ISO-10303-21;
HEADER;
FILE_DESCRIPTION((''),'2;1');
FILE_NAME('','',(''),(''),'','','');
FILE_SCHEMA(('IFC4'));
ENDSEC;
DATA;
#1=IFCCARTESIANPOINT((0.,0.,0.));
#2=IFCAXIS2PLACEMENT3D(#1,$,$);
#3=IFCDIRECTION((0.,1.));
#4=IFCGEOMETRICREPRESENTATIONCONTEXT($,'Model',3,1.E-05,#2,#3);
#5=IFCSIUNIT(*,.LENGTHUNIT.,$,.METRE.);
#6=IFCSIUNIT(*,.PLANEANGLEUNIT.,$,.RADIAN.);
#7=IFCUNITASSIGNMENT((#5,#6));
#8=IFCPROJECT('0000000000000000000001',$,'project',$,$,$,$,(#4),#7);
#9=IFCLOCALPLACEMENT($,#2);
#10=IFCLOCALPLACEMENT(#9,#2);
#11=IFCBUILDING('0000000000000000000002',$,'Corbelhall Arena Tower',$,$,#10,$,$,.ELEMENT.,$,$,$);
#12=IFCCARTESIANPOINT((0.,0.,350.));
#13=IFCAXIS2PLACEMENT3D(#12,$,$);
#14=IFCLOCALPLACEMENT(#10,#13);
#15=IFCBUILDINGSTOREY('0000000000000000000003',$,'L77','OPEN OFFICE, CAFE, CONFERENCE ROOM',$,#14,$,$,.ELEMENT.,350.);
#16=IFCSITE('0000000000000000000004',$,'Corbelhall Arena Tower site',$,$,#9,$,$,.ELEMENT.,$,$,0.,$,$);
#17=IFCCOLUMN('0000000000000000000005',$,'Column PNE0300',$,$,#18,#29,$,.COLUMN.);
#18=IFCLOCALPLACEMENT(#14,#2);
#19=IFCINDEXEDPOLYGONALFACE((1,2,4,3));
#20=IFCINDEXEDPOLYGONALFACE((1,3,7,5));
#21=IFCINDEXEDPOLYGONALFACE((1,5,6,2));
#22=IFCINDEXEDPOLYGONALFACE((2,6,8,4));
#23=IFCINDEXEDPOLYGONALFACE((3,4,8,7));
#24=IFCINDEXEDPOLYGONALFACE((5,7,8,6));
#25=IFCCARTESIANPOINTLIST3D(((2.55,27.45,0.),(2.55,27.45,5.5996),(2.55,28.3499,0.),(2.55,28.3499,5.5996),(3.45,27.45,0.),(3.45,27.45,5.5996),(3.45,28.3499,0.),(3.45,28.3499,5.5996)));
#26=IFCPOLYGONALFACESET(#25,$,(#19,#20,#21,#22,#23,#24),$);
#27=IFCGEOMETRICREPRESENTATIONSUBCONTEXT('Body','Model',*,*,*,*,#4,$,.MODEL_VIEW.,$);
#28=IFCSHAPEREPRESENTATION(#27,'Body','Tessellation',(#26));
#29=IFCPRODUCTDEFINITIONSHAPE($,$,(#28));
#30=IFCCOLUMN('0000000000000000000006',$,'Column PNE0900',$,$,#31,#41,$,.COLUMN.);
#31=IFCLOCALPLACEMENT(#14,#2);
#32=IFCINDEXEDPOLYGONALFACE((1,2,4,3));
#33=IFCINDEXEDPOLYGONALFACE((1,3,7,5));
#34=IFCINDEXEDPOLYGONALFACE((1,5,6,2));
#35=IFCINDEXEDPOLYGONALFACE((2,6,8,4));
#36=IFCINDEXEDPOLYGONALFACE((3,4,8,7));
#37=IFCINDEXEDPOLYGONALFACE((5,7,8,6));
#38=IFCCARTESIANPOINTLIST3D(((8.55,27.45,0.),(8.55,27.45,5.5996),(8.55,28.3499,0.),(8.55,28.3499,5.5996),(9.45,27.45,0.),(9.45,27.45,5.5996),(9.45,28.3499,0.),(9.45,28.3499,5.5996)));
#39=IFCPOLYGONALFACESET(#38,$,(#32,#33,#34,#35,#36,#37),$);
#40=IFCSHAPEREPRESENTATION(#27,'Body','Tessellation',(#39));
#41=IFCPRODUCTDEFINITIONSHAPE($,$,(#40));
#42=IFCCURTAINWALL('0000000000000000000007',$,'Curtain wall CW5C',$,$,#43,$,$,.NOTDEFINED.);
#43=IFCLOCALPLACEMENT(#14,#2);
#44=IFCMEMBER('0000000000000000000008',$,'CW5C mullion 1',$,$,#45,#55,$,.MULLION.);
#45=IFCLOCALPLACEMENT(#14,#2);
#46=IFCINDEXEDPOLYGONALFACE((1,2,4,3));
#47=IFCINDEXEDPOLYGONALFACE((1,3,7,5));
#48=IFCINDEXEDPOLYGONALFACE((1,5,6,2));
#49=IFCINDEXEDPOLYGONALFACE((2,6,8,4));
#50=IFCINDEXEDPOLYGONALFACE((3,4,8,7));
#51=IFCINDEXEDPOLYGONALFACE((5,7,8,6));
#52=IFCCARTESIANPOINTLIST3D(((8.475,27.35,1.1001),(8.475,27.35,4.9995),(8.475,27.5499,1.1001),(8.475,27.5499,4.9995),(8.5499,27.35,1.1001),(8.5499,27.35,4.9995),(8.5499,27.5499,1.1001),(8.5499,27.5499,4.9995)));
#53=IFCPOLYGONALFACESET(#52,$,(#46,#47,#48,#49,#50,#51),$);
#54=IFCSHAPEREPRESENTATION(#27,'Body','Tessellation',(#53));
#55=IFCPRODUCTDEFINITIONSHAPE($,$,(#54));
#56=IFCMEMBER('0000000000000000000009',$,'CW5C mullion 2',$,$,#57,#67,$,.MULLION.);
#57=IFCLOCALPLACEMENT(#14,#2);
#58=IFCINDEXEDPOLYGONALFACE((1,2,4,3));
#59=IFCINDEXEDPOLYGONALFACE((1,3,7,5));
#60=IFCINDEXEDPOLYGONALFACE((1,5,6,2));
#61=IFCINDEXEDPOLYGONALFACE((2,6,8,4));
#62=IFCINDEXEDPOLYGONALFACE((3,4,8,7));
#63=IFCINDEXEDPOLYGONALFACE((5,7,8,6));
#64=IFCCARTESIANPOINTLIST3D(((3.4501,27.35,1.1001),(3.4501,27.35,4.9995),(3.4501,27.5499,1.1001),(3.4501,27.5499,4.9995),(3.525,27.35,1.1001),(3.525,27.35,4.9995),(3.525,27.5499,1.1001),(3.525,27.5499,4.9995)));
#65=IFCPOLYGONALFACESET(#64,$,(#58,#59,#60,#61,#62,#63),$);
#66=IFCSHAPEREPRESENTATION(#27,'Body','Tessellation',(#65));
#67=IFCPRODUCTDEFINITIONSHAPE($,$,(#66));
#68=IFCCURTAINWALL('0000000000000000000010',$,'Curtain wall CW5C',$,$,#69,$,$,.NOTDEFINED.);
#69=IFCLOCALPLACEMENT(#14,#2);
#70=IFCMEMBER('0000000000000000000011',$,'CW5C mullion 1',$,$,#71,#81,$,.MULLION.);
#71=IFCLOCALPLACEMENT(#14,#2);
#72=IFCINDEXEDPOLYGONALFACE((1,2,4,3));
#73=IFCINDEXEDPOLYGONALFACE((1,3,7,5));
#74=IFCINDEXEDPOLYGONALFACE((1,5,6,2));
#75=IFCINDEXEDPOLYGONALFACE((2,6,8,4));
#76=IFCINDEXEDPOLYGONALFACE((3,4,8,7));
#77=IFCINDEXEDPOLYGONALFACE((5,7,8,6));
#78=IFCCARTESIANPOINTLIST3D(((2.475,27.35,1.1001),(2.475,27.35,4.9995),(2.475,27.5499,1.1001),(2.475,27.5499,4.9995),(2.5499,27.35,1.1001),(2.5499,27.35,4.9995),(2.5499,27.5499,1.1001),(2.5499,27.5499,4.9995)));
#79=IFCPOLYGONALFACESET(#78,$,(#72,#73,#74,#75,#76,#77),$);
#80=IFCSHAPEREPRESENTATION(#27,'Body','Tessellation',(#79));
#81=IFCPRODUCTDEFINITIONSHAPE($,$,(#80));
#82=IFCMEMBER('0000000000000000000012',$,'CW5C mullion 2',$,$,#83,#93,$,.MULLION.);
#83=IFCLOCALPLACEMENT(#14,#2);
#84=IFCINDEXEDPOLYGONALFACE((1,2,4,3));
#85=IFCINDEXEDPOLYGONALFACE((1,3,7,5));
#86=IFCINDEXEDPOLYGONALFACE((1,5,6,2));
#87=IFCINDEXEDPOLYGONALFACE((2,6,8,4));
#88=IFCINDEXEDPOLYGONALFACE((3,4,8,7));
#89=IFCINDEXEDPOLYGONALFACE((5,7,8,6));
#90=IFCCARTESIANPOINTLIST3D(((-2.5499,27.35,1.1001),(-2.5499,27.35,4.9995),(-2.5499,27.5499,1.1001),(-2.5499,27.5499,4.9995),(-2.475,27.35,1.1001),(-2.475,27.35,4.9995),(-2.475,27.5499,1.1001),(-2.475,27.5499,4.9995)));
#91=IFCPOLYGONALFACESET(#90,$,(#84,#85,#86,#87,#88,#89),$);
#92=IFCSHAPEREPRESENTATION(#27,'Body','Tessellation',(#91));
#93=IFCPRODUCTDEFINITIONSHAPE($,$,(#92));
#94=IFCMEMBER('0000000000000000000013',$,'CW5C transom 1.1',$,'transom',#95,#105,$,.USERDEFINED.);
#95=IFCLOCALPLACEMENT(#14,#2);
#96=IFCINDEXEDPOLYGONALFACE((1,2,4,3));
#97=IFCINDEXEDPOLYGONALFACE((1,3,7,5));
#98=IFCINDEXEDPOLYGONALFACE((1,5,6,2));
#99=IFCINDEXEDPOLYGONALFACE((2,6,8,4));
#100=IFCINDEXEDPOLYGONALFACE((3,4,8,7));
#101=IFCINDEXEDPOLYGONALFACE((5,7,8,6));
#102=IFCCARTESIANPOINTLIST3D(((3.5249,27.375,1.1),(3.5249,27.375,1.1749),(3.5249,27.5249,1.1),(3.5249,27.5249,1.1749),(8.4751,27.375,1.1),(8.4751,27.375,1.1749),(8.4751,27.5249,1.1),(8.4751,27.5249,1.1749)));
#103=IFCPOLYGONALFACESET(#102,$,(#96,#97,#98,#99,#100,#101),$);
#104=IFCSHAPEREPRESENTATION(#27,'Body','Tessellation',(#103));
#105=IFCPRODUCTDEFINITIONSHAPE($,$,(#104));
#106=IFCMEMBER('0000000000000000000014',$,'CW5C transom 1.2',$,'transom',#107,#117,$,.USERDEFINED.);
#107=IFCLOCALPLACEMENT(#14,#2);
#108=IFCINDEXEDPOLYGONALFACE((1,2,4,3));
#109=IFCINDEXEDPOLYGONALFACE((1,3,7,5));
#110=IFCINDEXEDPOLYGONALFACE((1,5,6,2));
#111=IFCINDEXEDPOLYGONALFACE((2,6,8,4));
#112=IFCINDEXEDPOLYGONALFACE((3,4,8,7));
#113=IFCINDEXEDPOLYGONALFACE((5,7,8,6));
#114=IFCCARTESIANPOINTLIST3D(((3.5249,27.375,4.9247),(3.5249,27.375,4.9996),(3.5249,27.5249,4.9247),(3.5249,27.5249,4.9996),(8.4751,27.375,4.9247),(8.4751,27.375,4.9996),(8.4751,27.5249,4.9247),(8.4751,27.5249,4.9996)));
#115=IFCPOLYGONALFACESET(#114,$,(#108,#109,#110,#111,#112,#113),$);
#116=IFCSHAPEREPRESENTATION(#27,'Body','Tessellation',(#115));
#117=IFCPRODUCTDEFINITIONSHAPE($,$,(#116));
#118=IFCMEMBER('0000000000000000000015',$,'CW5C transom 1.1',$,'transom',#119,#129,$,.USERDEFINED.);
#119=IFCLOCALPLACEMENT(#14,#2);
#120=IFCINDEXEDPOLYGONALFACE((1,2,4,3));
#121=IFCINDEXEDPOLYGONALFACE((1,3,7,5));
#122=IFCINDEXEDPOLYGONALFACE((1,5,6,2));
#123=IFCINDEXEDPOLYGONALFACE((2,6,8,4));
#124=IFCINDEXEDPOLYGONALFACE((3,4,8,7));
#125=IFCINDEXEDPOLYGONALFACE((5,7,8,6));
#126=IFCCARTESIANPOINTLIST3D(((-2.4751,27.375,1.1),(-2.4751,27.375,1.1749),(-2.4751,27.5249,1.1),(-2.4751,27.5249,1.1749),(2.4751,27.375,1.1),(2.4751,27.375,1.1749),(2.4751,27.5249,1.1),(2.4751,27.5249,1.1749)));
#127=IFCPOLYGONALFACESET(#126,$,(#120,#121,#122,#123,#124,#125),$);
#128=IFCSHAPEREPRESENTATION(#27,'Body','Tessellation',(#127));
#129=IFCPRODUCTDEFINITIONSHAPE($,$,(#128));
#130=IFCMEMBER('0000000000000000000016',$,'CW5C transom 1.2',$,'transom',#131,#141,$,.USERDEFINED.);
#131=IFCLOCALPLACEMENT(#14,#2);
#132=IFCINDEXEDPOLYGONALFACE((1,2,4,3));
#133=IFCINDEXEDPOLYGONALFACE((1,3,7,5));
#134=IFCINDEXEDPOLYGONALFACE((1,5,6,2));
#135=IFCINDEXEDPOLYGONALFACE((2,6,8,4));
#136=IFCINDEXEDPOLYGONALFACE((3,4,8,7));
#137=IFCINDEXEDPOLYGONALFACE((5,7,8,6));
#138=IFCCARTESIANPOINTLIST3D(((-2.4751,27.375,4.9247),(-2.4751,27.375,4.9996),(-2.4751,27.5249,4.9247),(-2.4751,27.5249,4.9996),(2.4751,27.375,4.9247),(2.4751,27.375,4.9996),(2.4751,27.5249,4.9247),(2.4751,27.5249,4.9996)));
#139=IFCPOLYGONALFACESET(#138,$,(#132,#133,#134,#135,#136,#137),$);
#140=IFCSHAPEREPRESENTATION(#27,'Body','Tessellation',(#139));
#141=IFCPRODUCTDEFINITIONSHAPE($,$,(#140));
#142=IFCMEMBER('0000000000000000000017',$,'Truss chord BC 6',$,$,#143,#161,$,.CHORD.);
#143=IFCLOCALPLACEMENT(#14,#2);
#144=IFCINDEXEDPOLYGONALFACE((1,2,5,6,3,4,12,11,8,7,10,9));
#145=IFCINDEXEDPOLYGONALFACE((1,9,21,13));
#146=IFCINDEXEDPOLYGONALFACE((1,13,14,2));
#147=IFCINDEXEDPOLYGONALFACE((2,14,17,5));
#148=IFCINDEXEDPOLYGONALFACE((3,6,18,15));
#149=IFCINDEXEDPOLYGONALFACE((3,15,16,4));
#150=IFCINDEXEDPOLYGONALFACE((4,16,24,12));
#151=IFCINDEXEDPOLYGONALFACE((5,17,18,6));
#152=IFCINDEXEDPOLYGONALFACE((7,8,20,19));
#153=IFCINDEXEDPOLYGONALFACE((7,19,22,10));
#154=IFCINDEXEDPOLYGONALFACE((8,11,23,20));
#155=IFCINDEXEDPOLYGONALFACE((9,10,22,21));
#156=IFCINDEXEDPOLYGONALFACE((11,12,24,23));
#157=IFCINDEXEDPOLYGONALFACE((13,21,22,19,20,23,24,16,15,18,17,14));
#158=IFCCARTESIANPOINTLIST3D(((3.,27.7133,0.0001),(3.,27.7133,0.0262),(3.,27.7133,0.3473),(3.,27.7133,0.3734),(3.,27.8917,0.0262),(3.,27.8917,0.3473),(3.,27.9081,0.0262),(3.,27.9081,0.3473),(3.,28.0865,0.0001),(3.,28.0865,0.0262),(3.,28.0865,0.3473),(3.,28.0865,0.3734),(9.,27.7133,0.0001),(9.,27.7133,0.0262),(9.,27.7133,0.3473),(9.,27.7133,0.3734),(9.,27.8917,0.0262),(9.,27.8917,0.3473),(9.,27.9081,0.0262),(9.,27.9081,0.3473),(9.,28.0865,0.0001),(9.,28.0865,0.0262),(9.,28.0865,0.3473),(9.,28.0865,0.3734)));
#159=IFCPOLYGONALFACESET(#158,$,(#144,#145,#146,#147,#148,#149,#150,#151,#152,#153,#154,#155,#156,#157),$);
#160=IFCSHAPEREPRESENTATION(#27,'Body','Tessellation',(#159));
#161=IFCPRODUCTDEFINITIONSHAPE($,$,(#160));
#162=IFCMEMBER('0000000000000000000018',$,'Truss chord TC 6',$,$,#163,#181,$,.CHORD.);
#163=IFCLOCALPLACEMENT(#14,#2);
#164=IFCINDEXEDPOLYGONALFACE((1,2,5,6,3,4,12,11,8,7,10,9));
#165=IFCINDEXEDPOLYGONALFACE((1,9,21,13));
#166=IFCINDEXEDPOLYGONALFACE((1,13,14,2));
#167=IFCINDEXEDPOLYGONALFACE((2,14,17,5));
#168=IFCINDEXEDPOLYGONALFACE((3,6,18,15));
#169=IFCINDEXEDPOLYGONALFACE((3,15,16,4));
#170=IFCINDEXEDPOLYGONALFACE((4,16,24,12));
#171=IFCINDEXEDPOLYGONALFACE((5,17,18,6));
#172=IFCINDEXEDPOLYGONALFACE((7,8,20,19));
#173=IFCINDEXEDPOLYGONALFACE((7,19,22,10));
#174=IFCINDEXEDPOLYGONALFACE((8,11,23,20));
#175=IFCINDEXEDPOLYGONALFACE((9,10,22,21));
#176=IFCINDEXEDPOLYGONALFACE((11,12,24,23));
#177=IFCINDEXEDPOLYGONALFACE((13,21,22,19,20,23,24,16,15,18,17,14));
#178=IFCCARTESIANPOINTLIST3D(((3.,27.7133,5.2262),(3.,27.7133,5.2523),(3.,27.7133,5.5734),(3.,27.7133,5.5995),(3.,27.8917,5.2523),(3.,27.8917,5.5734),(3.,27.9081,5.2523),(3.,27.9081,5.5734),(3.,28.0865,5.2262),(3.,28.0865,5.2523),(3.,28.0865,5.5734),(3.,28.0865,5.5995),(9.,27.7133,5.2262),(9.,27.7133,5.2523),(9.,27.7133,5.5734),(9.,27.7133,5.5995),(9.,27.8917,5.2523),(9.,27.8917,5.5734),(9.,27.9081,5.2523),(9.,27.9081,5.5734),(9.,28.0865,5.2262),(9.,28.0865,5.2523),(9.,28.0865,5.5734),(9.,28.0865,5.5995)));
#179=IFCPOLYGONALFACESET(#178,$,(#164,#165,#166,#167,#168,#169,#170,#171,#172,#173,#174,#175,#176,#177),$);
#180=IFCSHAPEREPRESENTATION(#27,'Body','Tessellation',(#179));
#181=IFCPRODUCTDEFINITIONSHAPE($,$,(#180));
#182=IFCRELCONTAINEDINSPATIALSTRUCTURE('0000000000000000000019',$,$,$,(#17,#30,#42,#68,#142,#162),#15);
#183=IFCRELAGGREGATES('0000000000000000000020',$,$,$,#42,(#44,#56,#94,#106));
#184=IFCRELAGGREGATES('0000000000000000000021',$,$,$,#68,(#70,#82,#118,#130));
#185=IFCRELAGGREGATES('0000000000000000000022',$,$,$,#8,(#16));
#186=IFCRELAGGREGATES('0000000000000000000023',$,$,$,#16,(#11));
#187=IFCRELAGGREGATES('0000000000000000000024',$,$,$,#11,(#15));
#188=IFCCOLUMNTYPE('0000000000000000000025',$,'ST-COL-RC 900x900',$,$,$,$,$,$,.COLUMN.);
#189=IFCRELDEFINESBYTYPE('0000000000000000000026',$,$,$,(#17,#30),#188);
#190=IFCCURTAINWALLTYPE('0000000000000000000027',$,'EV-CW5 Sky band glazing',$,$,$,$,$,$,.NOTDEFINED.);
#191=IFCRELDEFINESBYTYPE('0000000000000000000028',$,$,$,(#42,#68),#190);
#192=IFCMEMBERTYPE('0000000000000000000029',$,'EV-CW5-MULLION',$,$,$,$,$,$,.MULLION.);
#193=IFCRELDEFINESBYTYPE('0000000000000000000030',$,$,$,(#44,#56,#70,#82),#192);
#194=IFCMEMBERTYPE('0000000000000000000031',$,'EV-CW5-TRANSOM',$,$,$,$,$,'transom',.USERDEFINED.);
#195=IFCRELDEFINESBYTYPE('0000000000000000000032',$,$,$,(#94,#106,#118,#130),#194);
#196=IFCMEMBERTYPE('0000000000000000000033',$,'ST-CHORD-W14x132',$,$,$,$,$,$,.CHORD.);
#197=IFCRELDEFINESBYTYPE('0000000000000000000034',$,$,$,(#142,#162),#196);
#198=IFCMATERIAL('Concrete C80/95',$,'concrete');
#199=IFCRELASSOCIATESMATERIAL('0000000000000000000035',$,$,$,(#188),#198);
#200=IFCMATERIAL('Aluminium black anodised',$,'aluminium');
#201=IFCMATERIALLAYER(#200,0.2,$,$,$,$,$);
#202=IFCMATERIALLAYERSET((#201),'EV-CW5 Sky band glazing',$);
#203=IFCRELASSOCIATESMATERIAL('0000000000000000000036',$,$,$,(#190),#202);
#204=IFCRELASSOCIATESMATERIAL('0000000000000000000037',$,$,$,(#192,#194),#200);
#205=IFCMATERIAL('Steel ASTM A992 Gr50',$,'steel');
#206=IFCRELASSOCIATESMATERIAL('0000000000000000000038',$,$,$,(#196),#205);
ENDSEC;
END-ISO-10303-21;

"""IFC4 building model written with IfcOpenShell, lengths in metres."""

from ifc_helpers import new_model, si_unit, direction, frame, origin, origin_2d, place, context, subcontext, project, spatial, rectangle, i_section, extrude, material, layer, layer_set, material_profile, profile_set, type_object, element, aggregate, save


model = new_model("IFC4")

# Units and contexts
model_context = context("Model", 3, precision=1e-05, world=origin(), true_north=direction((0.0, 1.0)))
body_context = subcontext(model_context, "Body", "Model", "MODEL_VIEW")
ifc_project = project(units=[si_unit("LENGTHUNIT", "METRE"), si_unit("PLANEANGLEUNIT", "RADIAN")], contexts=[model_context])

# Site, building, storey
site_placement = place(None, origin())
site = spatial("IfcSite", under=ifc_project, at=site_placement, Name="Corbelhall Arena Tower site", CompositionType="ELEMENT", RefElevation=0.0)
building_placement = place(site_placement, origin())
building = spatial("IfcBuilding", under=site, at=building_placement, Name="Corbelhall Arena Tower", CompositionType="ELEMENT")
storey_placement = place(building_placement, frame((0.0, 0.0, 350.0)))
storey = spatial("IfcBuildingStorey", under=building, at=storey_placement, Name="L77", Description="OPEN OFFICE, CAFE, CONFERENCE ROOM", CompositionType="ELEMENT", Elevation=350.0)

# Columns
ifc_material_1 = material(Name="Concrete C80/95", Category="concrete")
ifc_material_profile_1 = material_profile(ifc_material_1, rectangle(XDim=0.8999, YDim=0.8999, at=origin_2d()))
ifc_profile_set_1 = profile_set([ifc_material_profile_1], Name="Concrete C80/95")
column_type = type_object("IfcColumnType", Name="ST-COL-RC 900x900", PredefinedType="COLUMN", material=ifc_profile_set_1)
for number, where, z_axis, x_axis, name in (
    (1, (3.0, 27.8999, 0.0), (0.0, 0.0, 1.0), (1.0, 0.0, 0.0), "Column PNE0300"),
    (2, (9.0, 27.8999, 0.0), (0.0, 0.0, 1.0), (1.0, 0.0, 0.0), "Column PNE0900"),
):
    element("IfcColumn", number, at=place(storey_placement, frame(where, z_axis=z_axis, x_axis=x_axis)), inside=storey, type_object=column_type, Name=name, PredefinedType="COLUMN", context=body_context, shape_type="SweptSolid", body=[
        extrude(rectangle(XDim=0.8999, YDim=0.8999, at=origin_2d()), origin(), (0.0, 0.0, 1.0), 5.5996),
    ])

# Curtain walls, members
ifc_material_2 = material(Name="Aluminium black anodised", Category="aluminium")
ifc_layer_1 = layer(ifc_material_2, 0.2)
ifc_layer_set_1 = layer_set([ifc_layer_1], Name="EV-CW5 Sky band glazing")
curtain_wall_type = type_object("IfcCurtainWallType", Name="EV-CW5 Sky band glazing", PredefinedType="NOTDEFINED", material=ifc_layer_set_1)
curtain_wall_1_placement = place(storey_placement, origin())
curtain_wall_1 = element("IfcCurtainWall", 3, at=curtain_wall_1_placement, inside=storey, type_object=curtain_wall_type, Name="Curtain wall CW5C", PredefinedType="NOTDEFINED")
ifc_material_profile_2 = material_profile(ifc_material_2, rectangle(XDim=0.2, YDim=0.075, at=origin_2d()))
ifc_profile_set_2 = profile_set([ifc_material_profile_2], Name="Aluminium black anodised")
member_type_1 = type_object("IfcMemberType", Name="EV-CW5-MULLION", PredefinedType="MULLION", material=ifc_profile_set_2)
member_1_placement = place(storey_placement, frame((8.5125, 27.45, 1.1001), z_axis=(0.0, 0.0, 1.0), x_axis=(0.0, -1.0, 0.0)))
member_1 = element("IfcMember", 4, at=member_1_placement, type_object=member_type_1, Name="CW5C mullion 1", PredefinedType="MULLION", context=body_context, shape_type="SweptSolid", body=[
    extrude(rectangle(XDim=0.2, YDim=0.075, at=origin_2d()), origin(), (0.0, 0.0, 1.0), 3.8994),
])
member_2_placement = place(storey_placement, frame((3.4875, 27.45, 1.1001), z_axis=(0.0, 0.0, 1.0), x_axis=(0.0, -1.0, 0.0)))
member_2 = element("IfcMember", 5, at=member_2_placement, type_object=member_type_1, Name="CW5C mullion 2", PredefinedType="MULLION", context=body_context, shape_type="SweptSolid", body=[
    extrude(rectangle(XDim=0.2, YDim=0.075, at=origin_2d()), origin(), (0.0, 0.0, 1.0), 3.8994),
])
curtain_wall_2_placement = place(storey_placement, origin())
curtain_wall_2 = element("IfcCurtainWall", 6, at=curtain_wall_2_placement, inside=storey, type_object=curtain_wall_type, Name="Curtain wall CW5C", PredefinedType="NOTDEFINED")
member_3_placement = place(storey_placement, frame((2.5125, 27.45, 1.1001), z_axis=(0.0, 0.0, 1.0), x_axis=(0.0, -1.0, 0.0)))
member_3 = element("IfcMember", 7, at=member_3_placement, type_object=member_type_1, Name="CW5C mullion 1", PredefinedType="MULLION", context=body_context, shape_type="SweptSolid", body=[
    extrude(rectangle(XDim=0.2, YDim=0.075, at=origin_2d()), origin(), (0.0, 0.0, 1.0), 3.8994),
])
member_4_placement = place(storey_placement, frame((-2.5125, 27.45, 1.1001), z_axis=(0.0, 0.0, 1.0), x_axis=(0.0, -1.0, 0.0)))
member_4 = element("IfcMember", 8, at=member_4_placement, type_object=member_type_1, Name="CW5C mullion 2", PredefinedType="MULLION", context=body_context, shape_type="SweptSolid", body=[
    extrude(rectangle(XDim=0.2, YDim=0.075, at=origin_2d()), origin(), (0.0, 0.0, 1.0), 3.8994),
])

# Members
ifc_material_profile_3 = material_profile(ifc_material_2, rectangle(XDim=0.1499, YDim=0.075, at=origin_2d()))
ifc_profile_set_3 = profile_set([ifc_material_profile_3], Name="Aluminium black anodised")
member_type_2 = type_object("IfcMemberType", Name="EV-CW5-TRANSOM", ElementType="transom", PredefinedType="USERDEFINED", material=ifc_profile_set_3)
member_5_placement = place(storey_placement, frame((8.4751, 27.45, 1.1375), z_axis=(-1.0, 0.0, 0.0), x_axis=(0.0, -1.0, 0.0)))
member_5 = element("IfcMember", 9, at=member_5_placement, type_object=member_type_2, Name="CW5C transom 1.1", ObjectType="transom", PredefinedType="USERDEFINED", context=body_context, shape_type="SweptSolid", body=[
    extrude(rectangle(XDim=0.1499, YDim=0.075, at=origin_2d()), origin(), (0.0, 0.0, 1.0), 4.9502),
])
member_6_placement = place(storey_placement, frame((8.4751, 27.45, 4.9622), z_axis=(-1.0, 0.0, 0.0), x_axis=(0.0, -1.0, 0.0)))
member_6 = element("IfcMember", 10, at=member_6_placement, type_object=member_type_2, Name="CW5C transom 1.2", ObjectType="transom", PredefinedType="USERDEFINED", context=body_context, shape_type="SweptSolid", body=[
    extrude(rectangle(XDim=0.1499, YDim=0.075, at=origin_2d()), origin(), (0.0, 0.0, 1.0), 4.9502),
])
member_7_placement = place(storey_placement, frame((2.4751, 27.45, 1.1375), z_axis=(-1.0, 0.0, 0.0), x_axis=(0.0, -1.0, 0.0)))
member_7 = element("IfcMember", 11, at=member_7_placement, type_object=member_type_2, Name="CW5C transom 1.1", ObjectType="transom", PredefinedType="USERDEFINED", context=body_context, shape_type="SweptSolid", body=[
    extrude(rectangle(XDim=0.1499, YDim=0.075, at=origin_2d()), origin(), (0.0, 0.0, 1.0), 4.9502),
])
member_8_placement = place(storey_placement, frame((2.4751, 27.45, 4.9622), z_axis=(-1.0, 0.0, 0.0), x_axis=(0.0, -1.0, 0.0)))
member_8 = element("IfcMember", 12, at=member_8_placement, type_object=member_type_2, Name="CW5C transom 1.2", ObjectType="transom", PredefinedType="USERDEFINED", context=body_context, shape_type="SweptSolid", body=[
    extrude(rectangle(XDim=0.1499, YDim=0.075, at=origin_2d()), origin(), (0.0, 0.0, 1.0), 4.9502),
])

# Members
ifc_material_3 = material(Name="Steel ASTM A992 Gr50", Category="steel")
ifc_material_profile_4 = material_profile(ifc_material_3, i_section(OverallWidth=0.3733, OverallDepth=0.3733, WebThickness=0.0164, FlangeThickness=0.0261, at=origin_2d()))
ifc_profile_set_4 = profile_set([ifc_material_profile_4], Name="Steel ASTM A992 Gr50")
member_type_3 = type_object("IfcMemberType", Name="ST-CHORD-W14x132", PredefinedType="CHORD", material=ifc_profile_set_4)
for number, where, z_axis, x_axis, name in (
    (13, (3.0, 27.8999, 0.1868), (1.0, 0.0, 0.0), (0.0, 1.0, 0.0), "Truss chord BC 6"),
    (14, (3.0, 27.8999, 5.4128), (1.0, 0.0, 0.0), (0.0, 1.0, 0.0), "Truss chord TC 6"),
):
    element("IfcMember", number, at=place(storey_placement, frame(where, z_axis=z_axis, x_axis=x_axis)), inside=storey, type_object=member_type_3, Name=name, PredefinedType="CHORD", context=body_context, shape_type="SweptSolid", body=[
        extrude(i_section(OverallWidth=0.3733, OverallDepth=0.3733, WebThickness=0.0164, FlangeThickness=0.0261, at=origin_2d()), origin(), (0.0, 0.0, 1.0), 6.0),
    ])

aggregate(curtain_wall_1, [member_1, member_2, member_5, member_6])
aggregate(curtain_wall_2, [member_3, member_4, member_7, member_8])

save(model, "model.ifc")
